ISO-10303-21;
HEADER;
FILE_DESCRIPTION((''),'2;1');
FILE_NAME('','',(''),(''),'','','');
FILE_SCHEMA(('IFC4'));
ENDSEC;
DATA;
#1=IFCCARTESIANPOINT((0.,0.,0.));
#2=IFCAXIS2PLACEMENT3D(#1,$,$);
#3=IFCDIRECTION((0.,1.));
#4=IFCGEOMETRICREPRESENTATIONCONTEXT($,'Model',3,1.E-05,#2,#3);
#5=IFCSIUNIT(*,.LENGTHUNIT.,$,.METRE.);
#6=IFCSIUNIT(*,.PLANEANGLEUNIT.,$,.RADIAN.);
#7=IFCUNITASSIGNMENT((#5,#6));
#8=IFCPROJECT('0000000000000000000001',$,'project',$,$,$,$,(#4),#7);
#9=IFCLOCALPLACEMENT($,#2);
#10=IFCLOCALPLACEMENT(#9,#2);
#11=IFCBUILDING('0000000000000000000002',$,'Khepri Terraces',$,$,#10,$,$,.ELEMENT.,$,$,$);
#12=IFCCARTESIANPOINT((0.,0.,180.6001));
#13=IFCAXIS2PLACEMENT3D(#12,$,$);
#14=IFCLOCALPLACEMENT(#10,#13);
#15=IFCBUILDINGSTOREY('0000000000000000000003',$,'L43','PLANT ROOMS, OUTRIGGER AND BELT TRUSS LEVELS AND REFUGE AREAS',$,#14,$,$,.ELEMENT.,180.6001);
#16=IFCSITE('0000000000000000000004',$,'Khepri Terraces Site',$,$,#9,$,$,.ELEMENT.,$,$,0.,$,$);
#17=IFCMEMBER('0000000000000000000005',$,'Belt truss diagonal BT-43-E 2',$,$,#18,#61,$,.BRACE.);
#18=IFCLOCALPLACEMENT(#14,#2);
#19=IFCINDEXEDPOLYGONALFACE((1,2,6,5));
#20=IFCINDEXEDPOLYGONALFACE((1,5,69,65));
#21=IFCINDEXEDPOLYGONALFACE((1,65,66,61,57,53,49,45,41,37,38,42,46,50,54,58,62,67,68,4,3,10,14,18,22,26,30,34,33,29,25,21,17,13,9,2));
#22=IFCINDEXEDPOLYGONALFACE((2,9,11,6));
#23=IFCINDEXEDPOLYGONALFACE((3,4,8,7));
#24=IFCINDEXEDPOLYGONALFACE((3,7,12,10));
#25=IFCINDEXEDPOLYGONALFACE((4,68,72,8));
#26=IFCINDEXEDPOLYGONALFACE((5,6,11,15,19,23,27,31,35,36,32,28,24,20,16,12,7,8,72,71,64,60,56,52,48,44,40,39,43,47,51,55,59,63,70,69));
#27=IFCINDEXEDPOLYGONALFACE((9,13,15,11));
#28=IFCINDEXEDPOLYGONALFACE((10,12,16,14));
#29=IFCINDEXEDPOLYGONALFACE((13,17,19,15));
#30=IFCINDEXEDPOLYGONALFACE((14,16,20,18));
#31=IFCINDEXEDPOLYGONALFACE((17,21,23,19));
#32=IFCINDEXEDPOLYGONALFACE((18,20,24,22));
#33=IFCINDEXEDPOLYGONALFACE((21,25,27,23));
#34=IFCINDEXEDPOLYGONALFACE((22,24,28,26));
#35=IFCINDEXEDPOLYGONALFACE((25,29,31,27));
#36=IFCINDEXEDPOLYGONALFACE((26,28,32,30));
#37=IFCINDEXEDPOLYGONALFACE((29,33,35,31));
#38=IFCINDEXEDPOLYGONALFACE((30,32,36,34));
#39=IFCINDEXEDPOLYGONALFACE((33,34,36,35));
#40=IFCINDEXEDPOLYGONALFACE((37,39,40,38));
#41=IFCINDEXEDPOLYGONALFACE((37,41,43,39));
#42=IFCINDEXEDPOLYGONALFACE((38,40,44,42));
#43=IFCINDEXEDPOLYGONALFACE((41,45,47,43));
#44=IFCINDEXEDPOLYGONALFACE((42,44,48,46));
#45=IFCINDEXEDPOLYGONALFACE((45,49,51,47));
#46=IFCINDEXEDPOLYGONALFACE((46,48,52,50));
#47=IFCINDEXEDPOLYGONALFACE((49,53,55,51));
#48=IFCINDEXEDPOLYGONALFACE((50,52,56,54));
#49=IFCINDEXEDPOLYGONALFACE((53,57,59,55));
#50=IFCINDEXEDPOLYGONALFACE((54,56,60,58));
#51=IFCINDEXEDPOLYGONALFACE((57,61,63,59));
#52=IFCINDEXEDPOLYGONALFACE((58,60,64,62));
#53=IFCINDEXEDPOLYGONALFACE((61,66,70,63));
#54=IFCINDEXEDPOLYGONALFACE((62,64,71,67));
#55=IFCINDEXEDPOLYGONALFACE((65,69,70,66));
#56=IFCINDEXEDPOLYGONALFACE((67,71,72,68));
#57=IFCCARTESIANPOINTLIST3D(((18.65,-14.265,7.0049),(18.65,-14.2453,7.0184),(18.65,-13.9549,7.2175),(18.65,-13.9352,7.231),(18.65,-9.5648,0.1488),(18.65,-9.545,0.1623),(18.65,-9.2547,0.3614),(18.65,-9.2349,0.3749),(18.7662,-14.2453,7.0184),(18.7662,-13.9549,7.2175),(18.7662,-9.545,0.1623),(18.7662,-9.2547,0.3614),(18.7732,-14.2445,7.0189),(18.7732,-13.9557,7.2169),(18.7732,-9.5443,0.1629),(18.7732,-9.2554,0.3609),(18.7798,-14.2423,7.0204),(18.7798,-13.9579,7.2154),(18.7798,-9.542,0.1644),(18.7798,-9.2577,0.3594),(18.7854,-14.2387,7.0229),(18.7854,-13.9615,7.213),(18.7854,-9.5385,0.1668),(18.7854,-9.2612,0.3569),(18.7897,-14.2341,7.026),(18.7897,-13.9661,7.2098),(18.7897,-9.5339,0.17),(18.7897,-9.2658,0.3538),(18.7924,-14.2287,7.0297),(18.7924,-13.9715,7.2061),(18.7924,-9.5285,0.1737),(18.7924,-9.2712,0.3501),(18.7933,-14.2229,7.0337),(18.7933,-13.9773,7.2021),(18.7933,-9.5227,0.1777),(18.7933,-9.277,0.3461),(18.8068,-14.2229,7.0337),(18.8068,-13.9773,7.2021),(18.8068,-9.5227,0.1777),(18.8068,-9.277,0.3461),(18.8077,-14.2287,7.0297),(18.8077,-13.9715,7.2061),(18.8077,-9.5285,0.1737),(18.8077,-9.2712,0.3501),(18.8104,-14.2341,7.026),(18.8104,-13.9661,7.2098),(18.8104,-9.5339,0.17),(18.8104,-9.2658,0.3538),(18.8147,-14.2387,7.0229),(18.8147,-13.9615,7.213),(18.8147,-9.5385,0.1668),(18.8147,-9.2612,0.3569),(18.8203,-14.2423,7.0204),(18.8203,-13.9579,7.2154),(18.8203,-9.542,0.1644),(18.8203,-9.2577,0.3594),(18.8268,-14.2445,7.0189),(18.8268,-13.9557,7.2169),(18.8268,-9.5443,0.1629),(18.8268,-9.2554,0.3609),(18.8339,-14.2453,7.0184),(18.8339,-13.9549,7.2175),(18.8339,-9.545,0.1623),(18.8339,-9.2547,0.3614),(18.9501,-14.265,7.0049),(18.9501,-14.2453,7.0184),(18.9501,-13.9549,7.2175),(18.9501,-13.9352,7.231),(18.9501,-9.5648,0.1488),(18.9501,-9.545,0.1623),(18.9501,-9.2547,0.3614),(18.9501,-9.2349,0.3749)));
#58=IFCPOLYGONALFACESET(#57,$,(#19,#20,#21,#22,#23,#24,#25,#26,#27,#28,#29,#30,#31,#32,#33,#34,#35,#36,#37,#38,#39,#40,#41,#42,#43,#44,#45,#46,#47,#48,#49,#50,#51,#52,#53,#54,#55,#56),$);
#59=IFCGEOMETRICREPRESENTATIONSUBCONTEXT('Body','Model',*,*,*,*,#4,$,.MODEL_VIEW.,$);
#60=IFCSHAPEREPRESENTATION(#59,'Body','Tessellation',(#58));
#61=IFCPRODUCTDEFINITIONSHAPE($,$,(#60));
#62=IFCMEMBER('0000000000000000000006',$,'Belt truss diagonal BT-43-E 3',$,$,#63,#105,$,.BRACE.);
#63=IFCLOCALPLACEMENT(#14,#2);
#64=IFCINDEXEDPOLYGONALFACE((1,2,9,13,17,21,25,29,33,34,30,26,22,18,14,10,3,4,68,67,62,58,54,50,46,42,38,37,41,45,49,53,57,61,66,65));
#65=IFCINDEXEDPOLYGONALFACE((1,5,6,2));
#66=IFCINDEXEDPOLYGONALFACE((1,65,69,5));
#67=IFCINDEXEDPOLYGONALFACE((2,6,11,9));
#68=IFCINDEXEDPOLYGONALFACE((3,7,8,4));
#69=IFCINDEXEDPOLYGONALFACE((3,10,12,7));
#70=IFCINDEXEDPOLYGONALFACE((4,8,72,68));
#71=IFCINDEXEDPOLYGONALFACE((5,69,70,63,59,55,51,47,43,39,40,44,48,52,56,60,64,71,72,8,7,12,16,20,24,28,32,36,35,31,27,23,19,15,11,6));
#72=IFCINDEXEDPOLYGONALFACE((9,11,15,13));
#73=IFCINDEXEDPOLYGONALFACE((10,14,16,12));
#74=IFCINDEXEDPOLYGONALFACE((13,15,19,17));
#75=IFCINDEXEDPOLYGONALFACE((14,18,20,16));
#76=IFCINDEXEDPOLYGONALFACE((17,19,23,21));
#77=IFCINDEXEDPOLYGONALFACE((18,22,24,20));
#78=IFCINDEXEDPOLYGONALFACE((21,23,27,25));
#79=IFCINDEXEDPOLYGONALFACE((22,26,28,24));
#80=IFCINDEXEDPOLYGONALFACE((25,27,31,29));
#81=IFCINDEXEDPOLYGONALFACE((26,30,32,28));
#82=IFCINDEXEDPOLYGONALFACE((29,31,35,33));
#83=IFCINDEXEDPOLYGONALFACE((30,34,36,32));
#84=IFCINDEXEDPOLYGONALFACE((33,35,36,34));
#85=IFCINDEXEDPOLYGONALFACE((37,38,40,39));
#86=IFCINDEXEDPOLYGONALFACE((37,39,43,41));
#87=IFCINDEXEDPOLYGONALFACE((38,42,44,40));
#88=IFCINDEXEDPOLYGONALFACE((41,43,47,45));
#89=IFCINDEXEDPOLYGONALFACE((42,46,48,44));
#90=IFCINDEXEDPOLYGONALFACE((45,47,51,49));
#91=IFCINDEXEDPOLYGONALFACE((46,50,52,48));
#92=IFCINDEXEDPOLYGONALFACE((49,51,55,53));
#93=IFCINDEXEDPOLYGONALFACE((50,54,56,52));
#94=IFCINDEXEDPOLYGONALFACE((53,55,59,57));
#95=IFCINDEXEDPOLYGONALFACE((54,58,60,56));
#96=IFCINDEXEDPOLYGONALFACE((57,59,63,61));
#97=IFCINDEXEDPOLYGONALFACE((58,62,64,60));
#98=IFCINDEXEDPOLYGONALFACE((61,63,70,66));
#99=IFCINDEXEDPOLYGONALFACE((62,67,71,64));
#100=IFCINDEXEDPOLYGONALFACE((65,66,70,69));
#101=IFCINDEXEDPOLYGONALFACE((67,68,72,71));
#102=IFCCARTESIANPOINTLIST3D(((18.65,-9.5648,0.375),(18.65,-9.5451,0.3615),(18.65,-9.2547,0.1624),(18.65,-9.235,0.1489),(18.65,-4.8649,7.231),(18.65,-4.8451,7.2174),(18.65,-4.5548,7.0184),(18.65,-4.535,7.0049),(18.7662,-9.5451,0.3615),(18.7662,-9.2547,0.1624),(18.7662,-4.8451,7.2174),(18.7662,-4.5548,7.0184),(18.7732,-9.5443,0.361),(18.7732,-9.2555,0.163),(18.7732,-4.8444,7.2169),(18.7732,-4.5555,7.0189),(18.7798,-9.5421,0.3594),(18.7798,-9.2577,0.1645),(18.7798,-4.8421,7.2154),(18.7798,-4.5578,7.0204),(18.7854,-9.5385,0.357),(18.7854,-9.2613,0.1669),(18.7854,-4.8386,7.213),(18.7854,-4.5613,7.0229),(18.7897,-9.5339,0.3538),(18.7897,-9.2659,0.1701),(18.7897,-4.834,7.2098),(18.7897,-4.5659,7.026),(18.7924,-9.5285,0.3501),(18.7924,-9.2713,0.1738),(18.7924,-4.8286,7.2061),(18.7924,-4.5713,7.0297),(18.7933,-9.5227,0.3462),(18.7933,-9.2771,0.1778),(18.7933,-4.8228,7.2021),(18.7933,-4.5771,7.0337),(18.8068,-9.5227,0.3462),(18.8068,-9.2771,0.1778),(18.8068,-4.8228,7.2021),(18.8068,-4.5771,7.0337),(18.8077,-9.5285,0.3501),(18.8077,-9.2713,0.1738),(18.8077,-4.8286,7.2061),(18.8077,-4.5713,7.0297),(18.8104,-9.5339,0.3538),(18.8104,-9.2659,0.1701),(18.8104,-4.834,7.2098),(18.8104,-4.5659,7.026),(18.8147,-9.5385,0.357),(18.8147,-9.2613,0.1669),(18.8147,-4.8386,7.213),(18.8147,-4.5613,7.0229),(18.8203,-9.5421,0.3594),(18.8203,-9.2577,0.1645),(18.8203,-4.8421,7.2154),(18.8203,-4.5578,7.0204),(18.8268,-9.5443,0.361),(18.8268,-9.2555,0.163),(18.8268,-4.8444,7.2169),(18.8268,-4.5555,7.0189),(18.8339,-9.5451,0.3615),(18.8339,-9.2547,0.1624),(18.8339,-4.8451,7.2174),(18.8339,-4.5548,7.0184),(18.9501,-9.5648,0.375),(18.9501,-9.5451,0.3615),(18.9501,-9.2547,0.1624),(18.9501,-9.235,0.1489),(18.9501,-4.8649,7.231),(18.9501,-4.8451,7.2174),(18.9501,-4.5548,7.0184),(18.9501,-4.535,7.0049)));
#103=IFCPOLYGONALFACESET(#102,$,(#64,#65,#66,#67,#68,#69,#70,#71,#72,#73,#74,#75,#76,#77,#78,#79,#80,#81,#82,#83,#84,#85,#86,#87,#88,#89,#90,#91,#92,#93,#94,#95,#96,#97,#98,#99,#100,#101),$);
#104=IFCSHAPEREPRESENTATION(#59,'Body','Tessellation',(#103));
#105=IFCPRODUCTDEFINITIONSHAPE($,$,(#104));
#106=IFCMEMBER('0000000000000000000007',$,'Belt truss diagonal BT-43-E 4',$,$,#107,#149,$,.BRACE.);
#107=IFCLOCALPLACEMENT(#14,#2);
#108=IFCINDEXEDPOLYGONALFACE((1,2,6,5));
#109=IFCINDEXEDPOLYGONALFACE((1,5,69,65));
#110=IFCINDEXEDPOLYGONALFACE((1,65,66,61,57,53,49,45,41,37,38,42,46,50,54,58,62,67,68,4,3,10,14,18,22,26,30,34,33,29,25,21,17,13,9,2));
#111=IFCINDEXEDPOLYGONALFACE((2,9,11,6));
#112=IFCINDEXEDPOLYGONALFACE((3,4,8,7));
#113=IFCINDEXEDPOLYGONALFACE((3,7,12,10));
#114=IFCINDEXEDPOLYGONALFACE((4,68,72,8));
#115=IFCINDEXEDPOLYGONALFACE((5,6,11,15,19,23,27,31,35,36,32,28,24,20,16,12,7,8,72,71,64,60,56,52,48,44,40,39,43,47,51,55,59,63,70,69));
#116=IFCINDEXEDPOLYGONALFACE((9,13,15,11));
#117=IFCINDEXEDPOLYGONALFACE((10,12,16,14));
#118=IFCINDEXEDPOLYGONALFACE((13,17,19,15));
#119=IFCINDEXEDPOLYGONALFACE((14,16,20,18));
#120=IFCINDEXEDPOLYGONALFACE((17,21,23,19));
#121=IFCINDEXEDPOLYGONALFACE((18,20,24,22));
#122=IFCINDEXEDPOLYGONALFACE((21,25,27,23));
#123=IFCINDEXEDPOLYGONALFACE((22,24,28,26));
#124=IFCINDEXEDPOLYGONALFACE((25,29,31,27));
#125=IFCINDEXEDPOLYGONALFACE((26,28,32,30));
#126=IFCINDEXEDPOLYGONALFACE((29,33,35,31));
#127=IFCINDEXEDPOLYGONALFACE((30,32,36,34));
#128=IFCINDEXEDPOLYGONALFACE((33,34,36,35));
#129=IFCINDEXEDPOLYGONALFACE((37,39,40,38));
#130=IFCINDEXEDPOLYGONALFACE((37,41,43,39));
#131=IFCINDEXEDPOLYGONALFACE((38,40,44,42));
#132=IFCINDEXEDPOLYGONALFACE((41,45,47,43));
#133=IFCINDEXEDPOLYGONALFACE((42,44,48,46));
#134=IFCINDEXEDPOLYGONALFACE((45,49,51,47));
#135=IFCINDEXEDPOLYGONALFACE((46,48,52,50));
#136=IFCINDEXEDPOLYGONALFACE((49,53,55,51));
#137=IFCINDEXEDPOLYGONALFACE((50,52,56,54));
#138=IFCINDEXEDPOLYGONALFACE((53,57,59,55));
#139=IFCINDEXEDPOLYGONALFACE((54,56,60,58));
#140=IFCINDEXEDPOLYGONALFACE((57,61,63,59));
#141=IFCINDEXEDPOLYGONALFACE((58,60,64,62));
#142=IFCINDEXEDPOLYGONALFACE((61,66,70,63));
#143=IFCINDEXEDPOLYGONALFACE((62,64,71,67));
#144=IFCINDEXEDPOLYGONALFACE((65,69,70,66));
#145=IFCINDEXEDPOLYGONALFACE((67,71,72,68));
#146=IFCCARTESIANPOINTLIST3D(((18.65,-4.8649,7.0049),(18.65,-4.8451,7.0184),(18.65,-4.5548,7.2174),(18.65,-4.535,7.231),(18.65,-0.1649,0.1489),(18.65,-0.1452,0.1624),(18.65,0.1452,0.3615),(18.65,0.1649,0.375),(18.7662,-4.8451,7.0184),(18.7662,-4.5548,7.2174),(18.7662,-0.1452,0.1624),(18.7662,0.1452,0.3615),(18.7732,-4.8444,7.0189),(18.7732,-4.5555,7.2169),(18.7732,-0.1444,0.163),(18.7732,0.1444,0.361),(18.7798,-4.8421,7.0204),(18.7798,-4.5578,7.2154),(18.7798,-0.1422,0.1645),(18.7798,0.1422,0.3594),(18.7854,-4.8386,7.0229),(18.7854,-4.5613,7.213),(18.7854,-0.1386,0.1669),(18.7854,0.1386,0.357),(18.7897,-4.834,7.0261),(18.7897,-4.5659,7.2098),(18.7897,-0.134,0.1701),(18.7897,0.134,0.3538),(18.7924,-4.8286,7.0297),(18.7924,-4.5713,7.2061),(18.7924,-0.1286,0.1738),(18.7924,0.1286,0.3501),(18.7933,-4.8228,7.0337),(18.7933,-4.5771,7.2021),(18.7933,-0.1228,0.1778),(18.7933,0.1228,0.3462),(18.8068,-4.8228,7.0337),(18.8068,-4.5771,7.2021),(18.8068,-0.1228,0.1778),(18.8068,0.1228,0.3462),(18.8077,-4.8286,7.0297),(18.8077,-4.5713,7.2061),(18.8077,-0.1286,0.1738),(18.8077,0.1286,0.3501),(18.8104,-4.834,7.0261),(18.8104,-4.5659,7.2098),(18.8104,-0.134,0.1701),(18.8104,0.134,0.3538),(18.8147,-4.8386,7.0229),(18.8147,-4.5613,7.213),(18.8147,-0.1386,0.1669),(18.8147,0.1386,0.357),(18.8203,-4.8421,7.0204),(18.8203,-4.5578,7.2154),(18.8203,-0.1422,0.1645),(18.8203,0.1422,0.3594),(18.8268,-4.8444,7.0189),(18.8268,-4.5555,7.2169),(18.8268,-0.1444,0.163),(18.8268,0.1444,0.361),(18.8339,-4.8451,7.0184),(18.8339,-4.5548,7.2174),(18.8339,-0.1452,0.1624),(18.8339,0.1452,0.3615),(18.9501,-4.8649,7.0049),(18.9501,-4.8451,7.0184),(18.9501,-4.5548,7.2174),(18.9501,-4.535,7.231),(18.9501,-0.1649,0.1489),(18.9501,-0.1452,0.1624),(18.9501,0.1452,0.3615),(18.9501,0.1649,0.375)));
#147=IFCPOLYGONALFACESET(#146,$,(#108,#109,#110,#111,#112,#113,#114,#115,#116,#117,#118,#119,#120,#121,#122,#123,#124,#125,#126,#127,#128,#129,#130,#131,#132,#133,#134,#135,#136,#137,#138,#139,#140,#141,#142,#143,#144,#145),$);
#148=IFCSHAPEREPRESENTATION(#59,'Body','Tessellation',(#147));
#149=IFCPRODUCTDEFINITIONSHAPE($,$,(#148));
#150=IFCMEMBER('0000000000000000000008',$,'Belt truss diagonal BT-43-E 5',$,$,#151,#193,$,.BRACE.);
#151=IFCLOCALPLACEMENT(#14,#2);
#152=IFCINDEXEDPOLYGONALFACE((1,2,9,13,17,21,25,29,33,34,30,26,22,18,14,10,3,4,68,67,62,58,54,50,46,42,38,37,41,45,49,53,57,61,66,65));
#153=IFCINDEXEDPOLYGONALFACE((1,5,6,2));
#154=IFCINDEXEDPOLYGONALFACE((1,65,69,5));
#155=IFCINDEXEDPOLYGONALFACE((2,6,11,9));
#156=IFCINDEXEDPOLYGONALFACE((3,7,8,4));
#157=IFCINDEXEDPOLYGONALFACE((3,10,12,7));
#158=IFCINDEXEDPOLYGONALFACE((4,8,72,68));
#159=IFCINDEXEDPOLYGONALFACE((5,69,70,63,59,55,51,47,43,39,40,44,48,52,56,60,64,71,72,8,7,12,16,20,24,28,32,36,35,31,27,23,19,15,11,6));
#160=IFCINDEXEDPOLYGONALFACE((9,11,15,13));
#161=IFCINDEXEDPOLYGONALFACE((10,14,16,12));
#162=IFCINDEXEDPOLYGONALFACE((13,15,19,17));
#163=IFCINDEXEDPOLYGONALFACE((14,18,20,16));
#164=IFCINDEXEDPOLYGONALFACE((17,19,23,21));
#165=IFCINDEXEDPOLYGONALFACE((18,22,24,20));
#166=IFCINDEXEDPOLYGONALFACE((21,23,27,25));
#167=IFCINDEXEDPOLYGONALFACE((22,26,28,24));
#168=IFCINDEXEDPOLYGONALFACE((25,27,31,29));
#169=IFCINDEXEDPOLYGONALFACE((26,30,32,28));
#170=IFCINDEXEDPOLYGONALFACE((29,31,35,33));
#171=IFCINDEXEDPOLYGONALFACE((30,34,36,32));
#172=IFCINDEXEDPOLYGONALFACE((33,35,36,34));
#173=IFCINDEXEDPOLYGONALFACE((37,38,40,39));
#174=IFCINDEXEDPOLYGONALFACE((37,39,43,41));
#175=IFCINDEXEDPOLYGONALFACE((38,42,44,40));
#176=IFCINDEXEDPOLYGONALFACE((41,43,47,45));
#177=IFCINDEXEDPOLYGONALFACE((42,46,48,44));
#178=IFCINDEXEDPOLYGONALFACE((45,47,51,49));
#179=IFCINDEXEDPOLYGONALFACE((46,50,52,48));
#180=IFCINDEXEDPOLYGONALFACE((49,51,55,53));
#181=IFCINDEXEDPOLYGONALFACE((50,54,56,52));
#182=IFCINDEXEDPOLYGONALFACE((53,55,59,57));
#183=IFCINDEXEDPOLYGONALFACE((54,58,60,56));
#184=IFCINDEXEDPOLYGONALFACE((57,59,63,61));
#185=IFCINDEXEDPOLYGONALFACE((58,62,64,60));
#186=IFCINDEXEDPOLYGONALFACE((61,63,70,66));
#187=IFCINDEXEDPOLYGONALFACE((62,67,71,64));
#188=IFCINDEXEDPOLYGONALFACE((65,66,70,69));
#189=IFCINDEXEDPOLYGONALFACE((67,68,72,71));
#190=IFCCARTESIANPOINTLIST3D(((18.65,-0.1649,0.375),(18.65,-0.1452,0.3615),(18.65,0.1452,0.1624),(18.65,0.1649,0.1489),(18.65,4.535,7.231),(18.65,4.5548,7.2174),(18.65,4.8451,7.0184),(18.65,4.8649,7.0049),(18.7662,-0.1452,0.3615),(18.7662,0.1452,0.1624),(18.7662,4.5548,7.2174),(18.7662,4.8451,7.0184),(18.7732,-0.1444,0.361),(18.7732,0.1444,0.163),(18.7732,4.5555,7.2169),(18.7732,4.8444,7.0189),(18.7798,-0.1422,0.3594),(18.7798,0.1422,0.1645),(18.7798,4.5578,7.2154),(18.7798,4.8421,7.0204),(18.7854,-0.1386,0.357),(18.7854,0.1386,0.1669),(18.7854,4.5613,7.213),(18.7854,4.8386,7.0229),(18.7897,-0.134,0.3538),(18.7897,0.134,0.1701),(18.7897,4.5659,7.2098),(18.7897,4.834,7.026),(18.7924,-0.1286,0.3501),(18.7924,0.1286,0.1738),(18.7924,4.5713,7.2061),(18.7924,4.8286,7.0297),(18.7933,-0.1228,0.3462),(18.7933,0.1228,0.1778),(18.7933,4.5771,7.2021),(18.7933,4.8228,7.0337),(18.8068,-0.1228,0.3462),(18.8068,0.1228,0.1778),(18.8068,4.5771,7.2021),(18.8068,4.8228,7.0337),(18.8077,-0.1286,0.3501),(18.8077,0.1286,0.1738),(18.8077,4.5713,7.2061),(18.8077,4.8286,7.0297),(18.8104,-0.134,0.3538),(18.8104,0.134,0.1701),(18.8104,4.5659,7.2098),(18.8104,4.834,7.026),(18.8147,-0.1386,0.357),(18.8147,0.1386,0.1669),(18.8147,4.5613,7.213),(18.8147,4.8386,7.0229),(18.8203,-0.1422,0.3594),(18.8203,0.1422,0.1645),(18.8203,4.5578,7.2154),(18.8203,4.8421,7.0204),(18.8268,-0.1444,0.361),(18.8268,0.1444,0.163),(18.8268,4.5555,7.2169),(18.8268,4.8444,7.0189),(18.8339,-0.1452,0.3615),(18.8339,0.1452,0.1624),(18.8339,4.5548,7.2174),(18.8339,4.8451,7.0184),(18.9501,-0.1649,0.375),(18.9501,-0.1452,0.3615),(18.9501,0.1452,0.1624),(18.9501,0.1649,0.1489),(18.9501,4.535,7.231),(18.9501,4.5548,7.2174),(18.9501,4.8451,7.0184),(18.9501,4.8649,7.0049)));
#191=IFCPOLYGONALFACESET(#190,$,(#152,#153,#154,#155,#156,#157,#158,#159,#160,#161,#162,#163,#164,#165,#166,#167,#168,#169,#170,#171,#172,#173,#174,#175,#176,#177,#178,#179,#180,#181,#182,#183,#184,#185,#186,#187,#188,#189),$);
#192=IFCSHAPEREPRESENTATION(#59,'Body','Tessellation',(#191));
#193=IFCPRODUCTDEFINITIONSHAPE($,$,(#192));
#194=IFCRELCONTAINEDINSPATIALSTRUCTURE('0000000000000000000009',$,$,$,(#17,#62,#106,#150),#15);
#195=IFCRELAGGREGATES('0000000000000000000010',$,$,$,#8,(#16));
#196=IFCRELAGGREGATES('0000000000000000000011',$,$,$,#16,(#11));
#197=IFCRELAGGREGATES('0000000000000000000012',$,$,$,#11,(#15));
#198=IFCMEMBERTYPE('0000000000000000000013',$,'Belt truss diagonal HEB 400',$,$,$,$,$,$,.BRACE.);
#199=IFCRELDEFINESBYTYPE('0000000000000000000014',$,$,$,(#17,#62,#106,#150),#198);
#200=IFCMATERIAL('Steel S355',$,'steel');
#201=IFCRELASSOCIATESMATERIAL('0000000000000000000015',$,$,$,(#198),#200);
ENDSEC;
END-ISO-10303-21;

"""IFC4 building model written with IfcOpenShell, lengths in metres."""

from ifc_helpers import new_model, si_unit, direction, frame, origin, origin_2d, place, context, subcontext, project, spatial, i_section, extrude, material, material_profile, profile_set, type_object, element, save


model = new_model("IFC4")

# Units and contexts
model_context = context("Model", 3, precision=1e-05, world=origin(), true_north=direction((0.0, 1.0)))
body_context = subcontext(model_context, "Body", "Model", "MODEL_VIEW")
ifc_project = project(units=[si_unit("LENGTHUNIT", "METRE"), si_unit("PLANEANGLEUNIT", "RADIAN")], contexts=[model_context])

# Site, building, storey
site_placement = place(None, origin())
site = spatial("IfcSite", under=ifc_project, at=site_placement, Name="Khepri Terraces Site", CompositionType="ELEMENT", RefElevation=0.0)
building_placement = place(site_placement, origin())
building = spatial("IfcBuilding", under=site, at=building_placement, Name="Khepri Terraces", CompositionType="ELEMENT")
storey_placement = place(building_placement, frame((0.0, 0.0, 180.6001)))
storey = spatial("IfcBuildingStorey", under=building, at=storey_placement, Name="L43", Description="PLANT ROOMS, OUTRIGGER AND BELT TRUSS LEVELS AND REFUGE AREAS", CompositionType="ELEMENT", Elevation=180.6001)

# Members
ifc_material_1 = material(Name="Steel S355", Category="steel")
ifc_material_profile_1 = material_profile(ifc_material_1, i_section(OverallWidth=0.3, OverallDepth=0.3999, WebThickness=0.0134, FlangeThickness=0.0239, FilletRadius=0.0271, at=origin_2d()), Name="Steel S355", Category="steel")
ifc_profile_set_1 = profile_set([ifc_material_profile_1], Name="Steel S355")
member_type_1 = type_object("IfcMemberType", Name="Belt truss diagonal HEB 400", PredefinedType="BRACE", material=ifc_profile_set_1)
member_1_placement = place(storey_placement, frame((18.8, -14.1001, 7.1179), z_axis=(0.0, 0.565444, -0.824787), x_axis=(-1.0, 0.0, 0.0)))
element("IfcMember", 1, at=member_1_placement, inside=storey, type_object=member_type_1, Name="Belt truss diagonal BT-43-E 2", PredefinedType="BRACE", context=body_context, shape_type="SweptSolid", body=[
    extrude(i_section(OverallWidth=0.3, OverallDepth=0.3999, WebThickness=0.0134, FlangeThickness=0.0239, FilletRadius=0.0271, at=origin_2d()), origin(), (0.0, 0.0, 1.0), 8.3125),
])
for number, where, z_axis, x_axis, name in (
    (2, (18.8, -9.3999, 0.262), (0.0, 0.565424, 0.8248), (-1.0, 0.0, 0.0), "Belt truss diagonal BT-43-E 3"),
    (3, (18.8, -4.7, 7.1179), (0.0, 0.565424, -0.8248), (-1.0, 0.0, 0.0), "Belt truss diagonal BT-43-E 4"),
    (4, (18.8, 0.0, 0.262), (0.0, 0.565424, 0.8248), (-1.0, 0.0, 0.0), "Belt truss diagonal BT-43-E 5"),
):
    element("IfcMember", number, at=place(storey_placement, frame(where, z_axis=z_axis, x_axis=x_axis)), inside=storey, type_object=member_type_1, Name=name, PredefinedType="BRACE", context=body_context, shape_type="SweptSolid", body=[
        extrude(i_section(OverallWidth=0.3, OverallDepth=0.3999, WebThickness=0.0134, FlangeThickness=0.0239, FilletRadius=0.0271, at=origin_2d()), origin(), (0.0, 0.0, 1.0), 8.3123),
    ])

save(model, "model.ifc")
